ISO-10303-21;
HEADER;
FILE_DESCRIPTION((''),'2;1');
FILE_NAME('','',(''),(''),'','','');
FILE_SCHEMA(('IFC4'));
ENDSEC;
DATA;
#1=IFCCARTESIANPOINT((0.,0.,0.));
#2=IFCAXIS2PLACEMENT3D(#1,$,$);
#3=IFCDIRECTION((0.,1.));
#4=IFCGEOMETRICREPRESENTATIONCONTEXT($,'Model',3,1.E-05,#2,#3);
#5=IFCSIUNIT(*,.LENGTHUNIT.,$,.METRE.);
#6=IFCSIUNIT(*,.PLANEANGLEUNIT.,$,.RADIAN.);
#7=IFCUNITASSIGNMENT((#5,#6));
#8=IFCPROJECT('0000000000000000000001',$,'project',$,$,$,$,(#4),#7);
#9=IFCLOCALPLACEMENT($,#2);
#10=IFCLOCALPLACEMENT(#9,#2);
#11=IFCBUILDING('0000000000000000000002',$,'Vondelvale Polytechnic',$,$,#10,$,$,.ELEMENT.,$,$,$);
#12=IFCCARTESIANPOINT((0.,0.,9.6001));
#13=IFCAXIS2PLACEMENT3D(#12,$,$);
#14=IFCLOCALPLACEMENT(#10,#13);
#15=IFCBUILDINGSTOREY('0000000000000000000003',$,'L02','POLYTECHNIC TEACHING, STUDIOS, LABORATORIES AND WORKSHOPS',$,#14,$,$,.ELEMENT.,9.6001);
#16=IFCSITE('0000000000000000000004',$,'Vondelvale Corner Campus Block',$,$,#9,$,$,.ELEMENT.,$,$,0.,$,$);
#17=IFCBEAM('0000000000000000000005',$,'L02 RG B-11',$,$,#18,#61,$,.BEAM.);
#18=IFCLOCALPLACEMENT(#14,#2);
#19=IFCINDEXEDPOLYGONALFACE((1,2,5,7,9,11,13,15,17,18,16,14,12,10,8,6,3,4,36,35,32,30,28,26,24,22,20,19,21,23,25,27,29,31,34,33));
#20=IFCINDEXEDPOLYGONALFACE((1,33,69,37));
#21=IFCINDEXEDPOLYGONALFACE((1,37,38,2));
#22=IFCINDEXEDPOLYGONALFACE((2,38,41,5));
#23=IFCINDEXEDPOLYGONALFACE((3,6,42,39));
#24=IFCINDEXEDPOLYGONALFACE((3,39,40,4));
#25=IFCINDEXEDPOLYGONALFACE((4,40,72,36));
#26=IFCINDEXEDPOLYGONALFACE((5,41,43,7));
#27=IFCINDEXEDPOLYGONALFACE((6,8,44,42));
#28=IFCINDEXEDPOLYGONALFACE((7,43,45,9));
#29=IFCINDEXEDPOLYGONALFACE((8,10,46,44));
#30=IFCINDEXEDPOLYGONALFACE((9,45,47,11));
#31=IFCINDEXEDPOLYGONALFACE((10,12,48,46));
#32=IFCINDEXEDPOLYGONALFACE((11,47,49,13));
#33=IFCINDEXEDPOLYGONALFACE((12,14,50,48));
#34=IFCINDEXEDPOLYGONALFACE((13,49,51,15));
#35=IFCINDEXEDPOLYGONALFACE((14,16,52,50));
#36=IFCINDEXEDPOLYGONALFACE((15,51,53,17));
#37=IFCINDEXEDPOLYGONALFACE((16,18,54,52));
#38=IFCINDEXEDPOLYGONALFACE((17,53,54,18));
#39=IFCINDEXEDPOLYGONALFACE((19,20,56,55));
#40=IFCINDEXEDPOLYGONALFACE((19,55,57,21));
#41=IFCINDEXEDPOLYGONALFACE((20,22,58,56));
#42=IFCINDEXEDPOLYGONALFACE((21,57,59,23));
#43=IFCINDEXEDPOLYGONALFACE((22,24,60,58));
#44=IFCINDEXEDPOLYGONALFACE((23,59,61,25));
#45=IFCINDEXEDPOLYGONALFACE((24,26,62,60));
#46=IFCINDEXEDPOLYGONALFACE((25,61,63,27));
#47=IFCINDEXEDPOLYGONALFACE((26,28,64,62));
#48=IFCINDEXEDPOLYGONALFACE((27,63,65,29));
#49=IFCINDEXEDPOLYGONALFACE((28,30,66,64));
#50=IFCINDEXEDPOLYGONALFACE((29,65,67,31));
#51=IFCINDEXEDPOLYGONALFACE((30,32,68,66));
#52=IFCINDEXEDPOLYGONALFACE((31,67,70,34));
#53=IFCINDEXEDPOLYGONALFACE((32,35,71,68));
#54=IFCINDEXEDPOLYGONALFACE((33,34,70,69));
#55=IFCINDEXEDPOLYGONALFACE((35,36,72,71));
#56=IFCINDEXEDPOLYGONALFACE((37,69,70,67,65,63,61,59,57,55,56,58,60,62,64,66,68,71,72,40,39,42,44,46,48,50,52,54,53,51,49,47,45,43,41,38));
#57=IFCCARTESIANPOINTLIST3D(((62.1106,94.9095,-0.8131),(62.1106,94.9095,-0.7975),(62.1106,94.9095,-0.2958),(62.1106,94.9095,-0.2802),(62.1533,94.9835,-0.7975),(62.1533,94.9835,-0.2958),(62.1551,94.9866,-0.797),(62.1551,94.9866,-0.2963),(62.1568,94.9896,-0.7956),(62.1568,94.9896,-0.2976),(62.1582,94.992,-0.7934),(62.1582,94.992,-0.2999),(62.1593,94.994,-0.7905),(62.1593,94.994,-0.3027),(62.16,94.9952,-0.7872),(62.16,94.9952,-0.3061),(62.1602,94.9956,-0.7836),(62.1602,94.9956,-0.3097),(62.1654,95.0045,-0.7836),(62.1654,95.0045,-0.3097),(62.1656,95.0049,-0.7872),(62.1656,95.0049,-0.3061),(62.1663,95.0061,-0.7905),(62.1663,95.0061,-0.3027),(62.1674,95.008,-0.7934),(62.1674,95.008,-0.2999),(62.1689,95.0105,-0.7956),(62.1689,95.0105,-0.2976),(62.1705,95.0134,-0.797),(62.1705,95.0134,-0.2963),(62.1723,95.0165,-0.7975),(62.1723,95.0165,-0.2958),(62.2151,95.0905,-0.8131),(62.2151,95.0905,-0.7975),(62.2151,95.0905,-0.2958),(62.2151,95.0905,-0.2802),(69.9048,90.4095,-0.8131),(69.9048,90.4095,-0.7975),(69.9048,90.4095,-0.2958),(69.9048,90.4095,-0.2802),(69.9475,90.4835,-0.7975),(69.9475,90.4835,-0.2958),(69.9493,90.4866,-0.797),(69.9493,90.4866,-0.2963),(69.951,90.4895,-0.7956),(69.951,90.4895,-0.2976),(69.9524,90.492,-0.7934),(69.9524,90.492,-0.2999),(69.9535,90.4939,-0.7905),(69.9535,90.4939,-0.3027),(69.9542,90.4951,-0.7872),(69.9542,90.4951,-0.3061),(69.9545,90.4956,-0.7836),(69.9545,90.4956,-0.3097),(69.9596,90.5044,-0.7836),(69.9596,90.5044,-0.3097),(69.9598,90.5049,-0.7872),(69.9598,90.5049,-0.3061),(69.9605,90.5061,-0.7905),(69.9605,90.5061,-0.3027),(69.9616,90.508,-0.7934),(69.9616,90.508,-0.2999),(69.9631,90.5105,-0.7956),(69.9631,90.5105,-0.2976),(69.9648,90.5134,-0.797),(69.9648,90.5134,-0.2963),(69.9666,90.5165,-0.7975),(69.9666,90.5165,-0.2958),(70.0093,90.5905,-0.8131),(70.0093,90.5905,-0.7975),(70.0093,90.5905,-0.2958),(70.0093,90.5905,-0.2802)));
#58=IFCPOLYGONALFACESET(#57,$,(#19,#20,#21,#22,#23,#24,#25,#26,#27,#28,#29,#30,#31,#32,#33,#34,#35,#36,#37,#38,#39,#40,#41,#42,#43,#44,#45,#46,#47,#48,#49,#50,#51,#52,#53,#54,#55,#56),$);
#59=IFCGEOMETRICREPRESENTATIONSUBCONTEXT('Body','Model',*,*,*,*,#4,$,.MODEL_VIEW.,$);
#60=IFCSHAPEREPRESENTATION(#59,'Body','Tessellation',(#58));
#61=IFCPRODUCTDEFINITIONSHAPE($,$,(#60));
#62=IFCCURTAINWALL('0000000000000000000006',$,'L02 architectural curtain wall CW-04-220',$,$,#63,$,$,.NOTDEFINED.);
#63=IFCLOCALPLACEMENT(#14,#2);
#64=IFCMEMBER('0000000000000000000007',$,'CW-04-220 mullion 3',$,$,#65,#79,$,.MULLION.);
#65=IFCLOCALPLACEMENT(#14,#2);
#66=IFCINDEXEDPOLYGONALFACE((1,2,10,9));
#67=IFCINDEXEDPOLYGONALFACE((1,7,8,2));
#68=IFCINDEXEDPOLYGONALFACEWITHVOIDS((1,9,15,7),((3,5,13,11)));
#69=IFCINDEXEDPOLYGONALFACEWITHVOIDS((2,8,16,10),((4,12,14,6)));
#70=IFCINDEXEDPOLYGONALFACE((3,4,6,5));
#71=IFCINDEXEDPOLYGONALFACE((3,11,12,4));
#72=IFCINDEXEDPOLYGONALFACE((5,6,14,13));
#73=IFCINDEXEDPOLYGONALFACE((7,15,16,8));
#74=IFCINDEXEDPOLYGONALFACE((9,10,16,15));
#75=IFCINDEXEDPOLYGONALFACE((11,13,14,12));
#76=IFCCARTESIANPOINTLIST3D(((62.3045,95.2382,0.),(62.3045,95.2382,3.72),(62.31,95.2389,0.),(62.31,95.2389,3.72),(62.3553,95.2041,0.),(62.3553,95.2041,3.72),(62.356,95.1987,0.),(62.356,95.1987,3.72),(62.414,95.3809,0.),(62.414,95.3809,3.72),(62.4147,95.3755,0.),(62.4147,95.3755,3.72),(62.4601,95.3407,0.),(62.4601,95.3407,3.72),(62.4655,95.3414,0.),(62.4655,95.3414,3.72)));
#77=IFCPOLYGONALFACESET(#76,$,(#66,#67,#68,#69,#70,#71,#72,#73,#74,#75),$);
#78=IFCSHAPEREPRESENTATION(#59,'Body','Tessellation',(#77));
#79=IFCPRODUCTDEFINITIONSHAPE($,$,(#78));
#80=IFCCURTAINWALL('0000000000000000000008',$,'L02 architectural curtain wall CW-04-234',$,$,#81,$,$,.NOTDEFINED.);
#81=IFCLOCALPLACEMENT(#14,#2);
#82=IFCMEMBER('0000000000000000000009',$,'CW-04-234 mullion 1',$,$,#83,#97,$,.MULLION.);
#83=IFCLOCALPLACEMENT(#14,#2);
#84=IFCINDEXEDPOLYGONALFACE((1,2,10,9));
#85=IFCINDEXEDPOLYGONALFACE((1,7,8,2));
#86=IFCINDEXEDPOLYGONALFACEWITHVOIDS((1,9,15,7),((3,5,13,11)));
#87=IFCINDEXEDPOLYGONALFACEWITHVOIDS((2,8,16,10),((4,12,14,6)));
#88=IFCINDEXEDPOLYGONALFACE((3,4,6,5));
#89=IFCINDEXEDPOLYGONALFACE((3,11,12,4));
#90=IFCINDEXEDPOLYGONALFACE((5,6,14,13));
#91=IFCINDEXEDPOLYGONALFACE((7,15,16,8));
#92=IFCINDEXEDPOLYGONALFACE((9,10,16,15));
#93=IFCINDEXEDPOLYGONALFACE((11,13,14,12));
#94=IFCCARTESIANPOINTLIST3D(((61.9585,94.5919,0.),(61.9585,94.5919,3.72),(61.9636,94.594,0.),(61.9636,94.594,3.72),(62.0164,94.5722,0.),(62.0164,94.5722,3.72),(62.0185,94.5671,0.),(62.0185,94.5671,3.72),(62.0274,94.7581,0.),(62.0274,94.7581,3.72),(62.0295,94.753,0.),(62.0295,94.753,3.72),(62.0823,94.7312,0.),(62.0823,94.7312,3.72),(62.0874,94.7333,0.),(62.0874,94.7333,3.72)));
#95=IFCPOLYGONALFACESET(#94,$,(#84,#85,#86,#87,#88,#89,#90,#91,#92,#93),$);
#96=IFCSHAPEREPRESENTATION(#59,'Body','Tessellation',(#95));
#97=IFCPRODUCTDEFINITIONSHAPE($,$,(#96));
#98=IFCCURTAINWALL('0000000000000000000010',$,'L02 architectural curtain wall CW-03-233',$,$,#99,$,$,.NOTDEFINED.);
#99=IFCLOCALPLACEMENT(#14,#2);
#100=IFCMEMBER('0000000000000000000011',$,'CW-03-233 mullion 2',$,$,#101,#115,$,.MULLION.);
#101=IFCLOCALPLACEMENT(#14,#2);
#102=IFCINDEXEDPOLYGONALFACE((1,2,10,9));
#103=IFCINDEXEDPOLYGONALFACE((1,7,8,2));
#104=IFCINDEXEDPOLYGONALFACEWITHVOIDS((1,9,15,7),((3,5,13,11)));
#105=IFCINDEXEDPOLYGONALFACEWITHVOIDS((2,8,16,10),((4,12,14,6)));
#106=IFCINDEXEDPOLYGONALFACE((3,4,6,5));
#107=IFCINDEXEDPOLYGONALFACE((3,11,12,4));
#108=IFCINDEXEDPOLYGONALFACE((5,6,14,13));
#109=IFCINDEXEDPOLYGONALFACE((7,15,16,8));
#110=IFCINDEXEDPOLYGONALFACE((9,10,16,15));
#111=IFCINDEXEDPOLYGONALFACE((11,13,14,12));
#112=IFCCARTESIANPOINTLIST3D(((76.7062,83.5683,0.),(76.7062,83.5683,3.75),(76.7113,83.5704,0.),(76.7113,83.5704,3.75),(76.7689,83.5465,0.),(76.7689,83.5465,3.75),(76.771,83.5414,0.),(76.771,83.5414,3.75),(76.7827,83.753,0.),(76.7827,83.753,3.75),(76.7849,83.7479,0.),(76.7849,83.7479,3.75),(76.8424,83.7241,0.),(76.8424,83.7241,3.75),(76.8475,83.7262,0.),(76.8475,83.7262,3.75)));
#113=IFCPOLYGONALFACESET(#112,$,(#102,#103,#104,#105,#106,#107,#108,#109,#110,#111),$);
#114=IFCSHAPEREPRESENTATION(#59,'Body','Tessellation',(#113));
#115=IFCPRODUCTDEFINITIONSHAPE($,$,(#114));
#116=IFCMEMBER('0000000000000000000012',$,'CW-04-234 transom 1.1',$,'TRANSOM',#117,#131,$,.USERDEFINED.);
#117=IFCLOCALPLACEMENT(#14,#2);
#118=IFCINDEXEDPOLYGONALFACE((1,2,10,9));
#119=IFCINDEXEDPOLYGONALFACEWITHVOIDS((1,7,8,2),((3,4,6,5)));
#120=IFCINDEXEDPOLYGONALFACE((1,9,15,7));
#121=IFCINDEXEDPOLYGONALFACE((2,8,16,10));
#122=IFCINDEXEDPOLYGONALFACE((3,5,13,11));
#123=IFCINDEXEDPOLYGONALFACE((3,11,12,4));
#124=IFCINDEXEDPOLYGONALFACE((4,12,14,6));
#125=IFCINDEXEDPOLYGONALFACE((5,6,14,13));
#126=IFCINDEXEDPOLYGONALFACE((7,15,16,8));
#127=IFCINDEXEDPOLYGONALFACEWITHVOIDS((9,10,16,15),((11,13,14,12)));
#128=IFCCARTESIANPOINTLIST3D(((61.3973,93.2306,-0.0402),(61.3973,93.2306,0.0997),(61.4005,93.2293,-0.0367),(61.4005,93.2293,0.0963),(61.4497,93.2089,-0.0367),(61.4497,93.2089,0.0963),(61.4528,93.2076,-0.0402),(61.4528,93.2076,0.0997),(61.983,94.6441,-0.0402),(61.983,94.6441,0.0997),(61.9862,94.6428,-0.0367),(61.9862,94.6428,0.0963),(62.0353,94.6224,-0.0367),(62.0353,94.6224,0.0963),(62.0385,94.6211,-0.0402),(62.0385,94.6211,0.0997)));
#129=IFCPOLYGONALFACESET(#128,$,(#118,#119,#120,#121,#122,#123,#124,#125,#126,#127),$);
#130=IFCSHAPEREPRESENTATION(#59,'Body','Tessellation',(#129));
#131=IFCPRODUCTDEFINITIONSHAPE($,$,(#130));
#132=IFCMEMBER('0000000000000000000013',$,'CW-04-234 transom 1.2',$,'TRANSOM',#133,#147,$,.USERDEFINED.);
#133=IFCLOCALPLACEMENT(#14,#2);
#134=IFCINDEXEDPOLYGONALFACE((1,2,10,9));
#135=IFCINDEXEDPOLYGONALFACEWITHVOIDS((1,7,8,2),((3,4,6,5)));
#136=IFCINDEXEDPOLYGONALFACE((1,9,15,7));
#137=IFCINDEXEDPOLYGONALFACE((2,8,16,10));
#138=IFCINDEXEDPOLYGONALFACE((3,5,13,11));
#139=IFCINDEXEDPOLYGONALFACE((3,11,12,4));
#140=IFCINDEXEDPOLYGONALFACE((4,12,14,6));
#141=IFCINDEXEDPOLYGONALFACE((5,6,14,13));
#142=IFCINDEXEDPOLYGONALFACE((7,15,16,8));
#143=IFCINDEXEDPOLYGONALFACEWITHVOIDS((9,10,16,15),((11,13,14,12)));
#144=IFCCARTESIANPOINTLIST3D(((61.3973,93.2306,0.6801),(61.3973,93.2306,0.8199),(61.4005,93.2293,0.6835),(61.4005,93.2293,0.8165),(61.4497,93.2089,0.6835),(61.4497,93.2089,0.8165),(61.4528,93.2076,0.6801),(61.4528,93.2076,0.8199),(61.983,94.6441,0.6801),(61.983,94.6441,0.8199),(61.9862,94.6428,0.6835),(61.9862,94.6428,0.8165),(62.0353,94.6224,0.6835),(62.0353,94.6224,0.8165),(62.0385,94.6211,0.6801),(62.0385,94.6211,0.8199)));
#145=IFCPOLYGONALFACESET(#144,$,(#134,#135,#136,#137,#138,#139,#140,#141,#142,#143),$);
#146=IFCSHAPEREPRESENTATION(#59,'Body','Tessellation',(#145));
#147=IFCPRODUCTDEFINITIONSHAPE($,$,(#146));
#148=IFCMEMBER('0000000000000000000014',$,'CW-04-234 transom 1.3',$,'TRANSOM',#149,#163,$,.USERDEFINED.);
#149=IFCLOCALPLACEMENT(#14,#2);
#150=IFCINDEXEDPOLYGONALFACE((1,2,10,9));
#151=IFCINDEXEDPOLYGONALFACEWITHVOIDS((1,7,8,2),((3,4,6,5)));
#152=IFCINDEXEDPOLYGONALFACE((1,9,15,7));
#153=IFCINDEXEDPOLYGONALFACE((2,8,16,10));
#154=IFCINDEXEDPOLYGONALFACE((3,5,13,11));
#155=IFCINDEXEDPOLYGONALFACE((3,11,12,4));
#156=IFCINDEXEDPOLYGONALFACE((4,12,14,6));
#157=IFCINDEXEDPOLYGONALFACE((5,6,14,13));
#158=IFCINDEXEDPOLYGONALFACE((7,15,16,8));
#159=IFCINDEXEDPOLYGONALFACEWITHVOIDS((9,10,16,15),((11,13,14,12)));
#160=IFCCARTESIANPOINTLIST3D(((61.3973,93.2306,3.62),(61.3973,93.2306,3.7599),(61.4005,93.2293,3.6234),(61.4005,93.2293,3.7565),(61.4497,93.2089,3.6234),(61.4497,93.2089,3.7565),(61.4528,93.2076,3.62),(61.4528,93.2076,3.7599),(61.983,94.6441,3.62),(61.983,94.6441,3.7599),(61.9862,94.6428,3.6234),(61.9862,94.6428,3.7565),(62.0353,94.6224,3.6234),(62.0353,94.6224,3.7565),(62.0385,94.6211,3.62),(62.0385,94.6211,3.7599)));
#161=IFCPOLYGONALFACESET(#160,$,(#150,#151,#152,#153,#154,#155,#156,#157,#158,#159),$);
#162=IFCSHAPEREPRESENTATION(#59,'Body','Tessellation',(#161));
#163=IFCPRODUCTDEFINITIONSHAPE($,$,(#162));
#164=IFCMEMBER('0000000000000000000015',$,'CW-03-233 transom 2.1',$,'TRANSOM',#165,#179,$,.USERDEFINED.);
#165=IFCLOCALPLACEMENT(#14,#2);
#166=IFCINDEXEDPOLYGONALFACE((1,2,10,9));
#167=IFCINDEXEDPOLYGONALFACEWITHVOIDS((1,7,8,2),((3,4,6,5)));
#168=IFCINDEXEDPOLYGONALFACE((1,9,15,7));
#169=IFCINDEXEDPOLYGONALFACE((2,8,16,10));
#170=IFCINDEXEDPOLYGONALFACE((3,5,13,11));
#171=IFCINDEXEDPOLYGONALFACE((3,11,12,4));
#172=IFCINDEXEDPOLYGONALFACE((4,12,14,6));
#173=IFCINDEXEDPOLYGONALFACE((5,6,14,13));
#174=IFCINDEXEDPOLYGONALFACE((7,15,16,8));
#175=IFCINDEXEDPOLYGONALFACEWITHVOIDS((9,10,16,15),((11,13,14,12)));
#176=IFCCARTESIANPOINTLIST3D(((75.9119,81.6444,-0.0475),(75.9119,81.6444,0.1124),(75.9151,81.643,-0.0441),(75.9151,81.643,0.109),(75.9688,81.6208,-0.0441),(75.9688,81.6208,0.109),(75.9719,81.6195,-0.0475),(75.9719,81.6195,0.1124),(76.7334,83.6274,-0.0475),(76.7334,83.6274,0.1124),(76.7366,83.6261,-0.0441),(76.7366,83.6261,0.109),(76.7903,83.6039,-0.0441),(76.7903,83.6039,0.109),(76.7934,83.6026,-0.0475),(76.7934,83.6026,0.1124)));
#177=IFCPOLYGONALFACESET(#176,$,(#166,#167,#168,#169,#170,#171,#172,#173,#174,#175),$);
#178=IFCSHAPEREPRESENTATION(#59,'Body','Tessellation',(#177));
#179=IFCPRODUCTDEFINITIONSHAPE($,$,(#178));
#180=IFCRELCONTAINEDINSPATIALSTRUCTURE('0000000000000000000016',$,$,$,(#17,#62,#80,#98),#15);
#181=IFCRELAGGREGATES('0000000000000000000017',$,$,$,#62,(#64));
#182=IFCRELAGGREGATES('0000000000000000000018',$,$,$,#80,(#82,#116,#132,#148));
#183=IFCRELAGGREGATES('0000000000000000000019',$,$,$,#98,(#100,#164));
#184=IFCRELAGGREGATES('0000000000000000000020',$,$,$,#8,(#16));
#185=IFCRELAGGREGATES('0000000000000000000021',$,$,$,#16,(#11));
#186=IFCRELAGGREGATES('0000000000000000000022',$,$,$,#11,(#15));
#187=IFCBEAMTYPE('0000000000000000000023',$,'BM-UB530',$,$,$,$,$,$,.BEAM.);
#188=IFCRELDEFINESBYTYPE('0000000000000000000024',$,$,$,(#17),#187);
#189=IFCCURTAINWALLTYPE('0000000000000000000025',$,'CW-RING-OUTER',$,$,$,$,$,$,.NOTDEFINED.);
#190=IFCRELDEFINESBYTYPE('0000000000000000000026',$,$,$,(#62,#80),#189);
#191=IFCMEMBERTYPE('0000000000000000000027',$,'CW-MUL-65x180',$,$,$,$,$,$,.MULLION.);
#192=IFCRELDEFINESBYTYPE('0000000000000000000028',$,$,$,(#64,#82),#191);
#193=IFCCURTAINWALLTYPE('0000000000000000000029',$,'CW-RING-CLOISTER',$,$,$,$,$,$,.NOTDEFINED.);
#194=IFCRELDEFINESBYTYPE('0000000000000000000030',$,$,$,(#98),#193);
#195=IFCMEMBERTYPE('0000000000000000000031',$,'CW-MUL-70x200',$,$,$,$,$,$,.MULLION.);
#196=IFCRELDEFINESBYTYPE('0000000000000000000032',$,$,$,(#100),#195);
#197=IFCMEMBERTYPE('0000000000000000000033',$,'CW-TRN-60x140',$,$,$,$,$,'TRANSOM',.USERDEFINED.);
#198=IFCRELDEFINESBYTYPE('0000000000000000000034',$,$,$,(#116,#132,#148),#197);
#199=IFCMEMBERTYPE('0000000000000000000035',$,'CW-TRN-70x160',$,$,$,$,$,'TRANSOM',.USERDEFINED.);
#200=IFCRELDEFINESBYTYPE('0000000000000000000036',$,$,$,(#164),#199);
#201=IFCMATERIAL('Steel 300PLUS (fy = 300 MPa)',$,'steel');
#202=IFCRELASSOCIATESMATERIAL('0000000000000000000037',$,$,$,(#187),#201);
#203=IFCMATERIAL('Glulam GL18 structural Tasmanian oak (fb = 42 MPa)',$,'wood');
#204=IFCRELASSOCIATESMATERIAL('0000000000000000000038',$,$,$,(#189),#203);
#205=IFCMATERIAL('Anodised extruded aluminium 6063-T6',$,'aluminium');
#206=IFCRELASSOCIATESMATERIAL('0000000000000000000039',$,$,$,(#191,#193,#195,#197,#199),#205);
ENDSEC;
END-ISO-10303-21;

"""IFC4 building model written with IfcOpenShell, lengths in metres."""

from ifc_helpers import new_model, si_unit, direction, frame, origin, origin_2d, place, context, subcontext, project, spatial, hollow_rectangle, i_section, extrude, material, material_profile, profile_set, type_object, element, aggregate, save


model = new_model("IFC4")

# Units and contexts
model_context = context("Model", 3, precision=1e-05, world=origin(), true_north=direction((0.0, 1.0)))
body_context = subcontext(model_context, "Body", "Model", "MODEL_VIEW")
ifc_project = project(units=[si_unit("LENGTHUNIT", "METRE"), si_unit("PLANEANGLEUNIT", "RADIAN")], contexts=[model_context])

# Site, building, storey
site_placement = place(None, origin())
site = spatial("IfcSite", under=ifc_project, at=site_placement, Name="Vondelvale Corner Campus Block", CompositionType="ELEMENT", RefElevation=0.0)
building_placement = place(site_placement, origin())
building = spatial("IfcBuilding", under=site, at=building_placement, Name="Vondelvale Polytechnic", CompositionType="ELEMENT")
storey_placement = place(building_placement, frame((0.0, 0.0, 9.6001)))
storey = spatial("IfcBuildingStorey", under=building, at=storey_placement, Name="L02", Description="POLYTECHNIC TEACHING, STUDIOS, LABORATORIES AND WORKSHOPS", CompositionType="ELEMENT", Elevation=9.6001)

# Shared definitions
ifc_material_1 = material(Name="Steel 300PLUS (fy = 300 MPa)", Category="steel")

# Beam
ifc_material_profile_1 = material_profile(ifc_material_1, i_section(OverallWidth=0.209, OverallDepth=0.533, WebThickness=0.0103, FlangeThickness=0.0156, FilletRadius=0.0139, at=origin_2d()), Name="530UB92.4")
ifc_profile_set_1 = profile_set([ifc_material_profile_1], Name="Steel 300PLUS (fy = 300 MPa)")
beam_type_1 = type_object("IfcBeamType", Name="BM-UB530", PredefinedType="BEAM", material=ifc_profile_set_1)
beam_1_placement = place(storey_placement, frame((69.957, 90.5, -0.5466), z_axis=(-0.866024, 0.500002, 0.0), x_axis=(-0.500002, -0.866024, 0.0)))
element("IfcBeam", 1, at=beam_1_placement, inside=storey, type_object=beam_type_1, Name="L02 RG B-11", PredefinedType="BEAM", context=body_context, shape_type="SweptSolid", body=[
    extrude(i_section(OverallWidth=0.209, OverallDepth=0.533, WebThickness=0.0103, FlangeThickness=0.0156, FilletRadius=0.0139, at=origin_2d()), origin(), (0.0, 0.0, 1.0), 9.0),
])

# Curtain walls, members
ifc_material_2 = material(Name="Glulam GL18 structural Tasmanian oak (fb = 42 MPa)", Category="wood")
curtain_wall_type_1 = type_object("IfcCurtainWallType", Name="CW-RING-OUTER", PredefinedType="NOTDEFINED", material=ifc_material_2)
curtain_wall_1_placement = place(storey_placement, origin())
curtain_wall_1 = element("IfcCurtainWall", 2, at=curtain_wall_1_placement, inside=storey, type_object=curtain_wall_type_1, Name="L02 architectural curtain wall CW-04-220", PredefinedType="NOTDEFINED")
ifc_material_3 = material(Name="Anodised extruded aluminium 6063-T6", Category="aluminium")
ifc_material_profile_2 = material_profile(ifc_material_3, hollow_rectangle(XDim=0.0649, YDim=0.1799, WallThickness=0.0039, at=origin_2d()), Name="CW-MUL-180x65")
ifc_profile_set_2 = profile_set([ifc_material_profile_2], Name="Anodised extruded aluminium 6063-T6")
member_type_1 = type_object("IfcMemberType", Name="CW-MUL-65x180", PredefinedType="MULLION", material=ifc_profile_set_2)
member_1_placement = place(storey_placement, frame((62.385, 95.2898, 0.0), z_axis=(0.0, 0.0, 1.0), x_axis=(0.793334, -0.608787, 0.0)))
member_1 = element("IfcMember", 3, at=member_1_placement, type_object=member_type_1, Name="CW-04-220 mullion 3", PredefinedType="MULLION", context=body_context, shape_type="SweptSolid", body=[
    extrude(hollow_rectangle(XDim=0.0649, YDim=0.1799, WallThickness=0.0039, at=origin_2d()), origin(), (0.0, 0.0, 1.0), 3.72),
])
aggregate(curtain_wall_1, [member_1])
curtain_wall_2_placement = place(storey_placement, origin())
curtain_wall_2 = element("IfcCurtainWall", 4, at=curtain_wall_2_placement, inside=storey, type_object=curtain_wall_type_1, Name="L02 architectural curtain wall CW-04-234", PredefinedType="NOTDEFINED")
member_2_placement = place(storey_placement, frame((62.0229, 94.6626, 0.0), z_axis=(0.0, 0.0, 1.0), x_axis=(0.923882, -0.382677, 0.0)))
member_2 = element("IfcMember", 5, at=member_2_placement, type_object=member_type_1, Name="CW-04-234 mullion 1", PredefinedType="MULLION", context=body_context, shape_type="SweptSolid", body=[
    extrude(hollow_rectangle(XDim=0.0649, YDim=0.1799, WallThickness=0.0039, at=origin_2d()), origin(), (0.0, 0.0, 1.0), 3.72),
])
curtain_wall_type_2 = type_object("IfcCurtainWallType", Name="CW-RING-CLOISTER", PredefinedType="NOTDEFINED", material=ifc_material_3)
curtain_wall_3_placement = place(storey_placement, origin())
curtain_wall_3 = element("IfcCurtainWall", 6, at=curtain_wall_3_placement, inside=storey, type_object=curtain_wall_type_2, Name="L02 architectural curtain wall CW-03-233", PredefinedType="NOTDEFINED")
ifc_material_profile_3 = material_profile(ifc_material_3, hollow_rectangle(XDim=0.0701, YDim=0.2, WallThickness=0.0039, at=origin_2d()), Name="CW-MUL-200x70")
ifc_profile_set_3 = profile_set([ifc_material_profile_3], Name="Anodised extruded aluminium 6063-T6")
member_type_2 = type_object("IfcMemberType", Name="CW-MUL-70x200", PredefinedType="MULLION", material=ifc_profile_set_3)
member_3_placement = place(storey_placement, frame((76.7769, 83.6472, 0.0), z_axis=(0.0, 0.0, 1.0), x_axis=(0.923882, -0.382679, 0.0)))
member_3 = element("IfcMember", 7, at=member_3_placement, type_object=member_type_2, Name="CW-03-233 mullion 2", PredefinedType="MULLION", context=body_context, shape_type="SweptSolid", body=[
    extrude(hollow_rectangle(XDim=0.0701, YDim=0.2, WallThickness=0.0039, at=origin_2d()), origin(), (0.0, 0.0, 1.0), 3.75),
])

# Members
ifc_material_profile_4 = material_profile(ifc_material_3, hollow_rectangle(XDim=0.0601, YDim=0.1399, WallThickness=0.0034, at=origin_2d()), Name="CW-TRN-140x60")
ifc_profile_set_4 = profile_set([ifc_material_profile_4], Name="Anodised extruded aluminium 6063-T6")
member_type_3 = type_object("IfcMemberType", Name="CW-TRN-60x140", ElementType="TRANSOM", PredefinedType="USERDEFINED", material=ifc_profile_set_4)
member_4_placement = place(storey_placement, frame((62.0107, 94.6326, 0.0298), z_axis=(-0.382779, -0.92384, 0.0), x_axis=(0.92384, -0.382779, 0.0)))
member_4 = element("IfcMember", 8, at=member_4_placement, type_object=member_type_3, Name="CW-04-234 transom 1.1", ObjectType="TRANSOM", PredefinedType="USERDEFINED", context=body_context, shape_type="SweptSolid", body=[
    extrude(hollow_rectangle(XDim=0.0601, YDim=0.1399, WallThickness=0.0034, at=origin_2d()), origin(), (0.0, 0.0, 1.0), 1.53),
])
member_5_placement = place(storey_placement, frame((62.0107, 94.6326, 0.75), z_axis=(-0.382779, -0.92384, 0.0), x_axis=(0.92384, -0.382779, 0.0)))
member_5 = element("IfcMember", 9, at=member_5_placement, type_object=member_type_3, Name="CW-04-234 transom 1.2", ObjectType="TRANSOM", PredefinedType="USERDEFINED", context=body_context, shape_type="SweptSolid", body=[
    extrude(hollow_rectangle(XDim=0.0601, YDim=0.1399, WallThickness=0.0034, at=origin_2d()), origin(), (0.0, 0.0, 1.0), 1.53),
])
member_6_placement = place(storey_placement, frame((62.0107, 94.6326, 3.6899), z_axis=(-0.382779, -0.92384, 0.0), x_axis=(0.92384, -0.382779, 0.0)))
member_6 = element("IfcMember", 10, at=member_6_placement, type_object=member_type_3, Name="CW-04-234 transom 1.3", ObjectType="TRANSOM", PredefinedType="USERDEFINED", context=body_context, shape_type="SweptSolid", body=[
    extrude(hollow_rectangle(XDim=0.0601, YDim=0.1399, WallThickness=0.0034, at=origin_2d()), origin(), (0.0, 0.0, 1.0), 1.53),
])
aggregate(curtain_wall_2, [member_2, member_4, member_5, member_6])
ifc_material_profile_5 = material_profile(ifc_material_3, hollow_rectangle(XDim=0.0649, YDim=0.1599, WallThickness=0.0034, at=origin_2d()), Name="CW-TRN-160x65")
ifc_profile_set_5 = profile_set([ifc_material_profile_5], Name="Anodised extruded aluminium 6063-T6")
member_type_4 = type_object("IfcMemberType", Name="CW-TRN-70x160", ElementType="TRANSOM", PredefinedType="USERDEFINED", material=ifc_profile_set_5)
member_7_placement = place(storey_placement, frame((76.7634, 83.615, 0.0325), z_axis=(-0.382717, -0.923866, 0.0), x_axis=(0.923866, -0.382717, 0.0)))
member_7 = element("IfcMember", 11, at=member_7_placement, type_object=member_type_4, Name="CW-03-233 transom 2.1", ObjectType="TRANSOM", PredefinedType="USERDEFINED", context=body_context, shape_type="SweptSolid", body=[
    extrude(hollow_rectangle(XDim=0.0649, YDim=0.1599, WallThickness=0.0034, at=origin_2d()), origin(), (0.0, 0.0, 1.0), 2.1465),
])

aggregate(curtain_wall_3, [member_3, member_7])

save(model, "model.ifc")
